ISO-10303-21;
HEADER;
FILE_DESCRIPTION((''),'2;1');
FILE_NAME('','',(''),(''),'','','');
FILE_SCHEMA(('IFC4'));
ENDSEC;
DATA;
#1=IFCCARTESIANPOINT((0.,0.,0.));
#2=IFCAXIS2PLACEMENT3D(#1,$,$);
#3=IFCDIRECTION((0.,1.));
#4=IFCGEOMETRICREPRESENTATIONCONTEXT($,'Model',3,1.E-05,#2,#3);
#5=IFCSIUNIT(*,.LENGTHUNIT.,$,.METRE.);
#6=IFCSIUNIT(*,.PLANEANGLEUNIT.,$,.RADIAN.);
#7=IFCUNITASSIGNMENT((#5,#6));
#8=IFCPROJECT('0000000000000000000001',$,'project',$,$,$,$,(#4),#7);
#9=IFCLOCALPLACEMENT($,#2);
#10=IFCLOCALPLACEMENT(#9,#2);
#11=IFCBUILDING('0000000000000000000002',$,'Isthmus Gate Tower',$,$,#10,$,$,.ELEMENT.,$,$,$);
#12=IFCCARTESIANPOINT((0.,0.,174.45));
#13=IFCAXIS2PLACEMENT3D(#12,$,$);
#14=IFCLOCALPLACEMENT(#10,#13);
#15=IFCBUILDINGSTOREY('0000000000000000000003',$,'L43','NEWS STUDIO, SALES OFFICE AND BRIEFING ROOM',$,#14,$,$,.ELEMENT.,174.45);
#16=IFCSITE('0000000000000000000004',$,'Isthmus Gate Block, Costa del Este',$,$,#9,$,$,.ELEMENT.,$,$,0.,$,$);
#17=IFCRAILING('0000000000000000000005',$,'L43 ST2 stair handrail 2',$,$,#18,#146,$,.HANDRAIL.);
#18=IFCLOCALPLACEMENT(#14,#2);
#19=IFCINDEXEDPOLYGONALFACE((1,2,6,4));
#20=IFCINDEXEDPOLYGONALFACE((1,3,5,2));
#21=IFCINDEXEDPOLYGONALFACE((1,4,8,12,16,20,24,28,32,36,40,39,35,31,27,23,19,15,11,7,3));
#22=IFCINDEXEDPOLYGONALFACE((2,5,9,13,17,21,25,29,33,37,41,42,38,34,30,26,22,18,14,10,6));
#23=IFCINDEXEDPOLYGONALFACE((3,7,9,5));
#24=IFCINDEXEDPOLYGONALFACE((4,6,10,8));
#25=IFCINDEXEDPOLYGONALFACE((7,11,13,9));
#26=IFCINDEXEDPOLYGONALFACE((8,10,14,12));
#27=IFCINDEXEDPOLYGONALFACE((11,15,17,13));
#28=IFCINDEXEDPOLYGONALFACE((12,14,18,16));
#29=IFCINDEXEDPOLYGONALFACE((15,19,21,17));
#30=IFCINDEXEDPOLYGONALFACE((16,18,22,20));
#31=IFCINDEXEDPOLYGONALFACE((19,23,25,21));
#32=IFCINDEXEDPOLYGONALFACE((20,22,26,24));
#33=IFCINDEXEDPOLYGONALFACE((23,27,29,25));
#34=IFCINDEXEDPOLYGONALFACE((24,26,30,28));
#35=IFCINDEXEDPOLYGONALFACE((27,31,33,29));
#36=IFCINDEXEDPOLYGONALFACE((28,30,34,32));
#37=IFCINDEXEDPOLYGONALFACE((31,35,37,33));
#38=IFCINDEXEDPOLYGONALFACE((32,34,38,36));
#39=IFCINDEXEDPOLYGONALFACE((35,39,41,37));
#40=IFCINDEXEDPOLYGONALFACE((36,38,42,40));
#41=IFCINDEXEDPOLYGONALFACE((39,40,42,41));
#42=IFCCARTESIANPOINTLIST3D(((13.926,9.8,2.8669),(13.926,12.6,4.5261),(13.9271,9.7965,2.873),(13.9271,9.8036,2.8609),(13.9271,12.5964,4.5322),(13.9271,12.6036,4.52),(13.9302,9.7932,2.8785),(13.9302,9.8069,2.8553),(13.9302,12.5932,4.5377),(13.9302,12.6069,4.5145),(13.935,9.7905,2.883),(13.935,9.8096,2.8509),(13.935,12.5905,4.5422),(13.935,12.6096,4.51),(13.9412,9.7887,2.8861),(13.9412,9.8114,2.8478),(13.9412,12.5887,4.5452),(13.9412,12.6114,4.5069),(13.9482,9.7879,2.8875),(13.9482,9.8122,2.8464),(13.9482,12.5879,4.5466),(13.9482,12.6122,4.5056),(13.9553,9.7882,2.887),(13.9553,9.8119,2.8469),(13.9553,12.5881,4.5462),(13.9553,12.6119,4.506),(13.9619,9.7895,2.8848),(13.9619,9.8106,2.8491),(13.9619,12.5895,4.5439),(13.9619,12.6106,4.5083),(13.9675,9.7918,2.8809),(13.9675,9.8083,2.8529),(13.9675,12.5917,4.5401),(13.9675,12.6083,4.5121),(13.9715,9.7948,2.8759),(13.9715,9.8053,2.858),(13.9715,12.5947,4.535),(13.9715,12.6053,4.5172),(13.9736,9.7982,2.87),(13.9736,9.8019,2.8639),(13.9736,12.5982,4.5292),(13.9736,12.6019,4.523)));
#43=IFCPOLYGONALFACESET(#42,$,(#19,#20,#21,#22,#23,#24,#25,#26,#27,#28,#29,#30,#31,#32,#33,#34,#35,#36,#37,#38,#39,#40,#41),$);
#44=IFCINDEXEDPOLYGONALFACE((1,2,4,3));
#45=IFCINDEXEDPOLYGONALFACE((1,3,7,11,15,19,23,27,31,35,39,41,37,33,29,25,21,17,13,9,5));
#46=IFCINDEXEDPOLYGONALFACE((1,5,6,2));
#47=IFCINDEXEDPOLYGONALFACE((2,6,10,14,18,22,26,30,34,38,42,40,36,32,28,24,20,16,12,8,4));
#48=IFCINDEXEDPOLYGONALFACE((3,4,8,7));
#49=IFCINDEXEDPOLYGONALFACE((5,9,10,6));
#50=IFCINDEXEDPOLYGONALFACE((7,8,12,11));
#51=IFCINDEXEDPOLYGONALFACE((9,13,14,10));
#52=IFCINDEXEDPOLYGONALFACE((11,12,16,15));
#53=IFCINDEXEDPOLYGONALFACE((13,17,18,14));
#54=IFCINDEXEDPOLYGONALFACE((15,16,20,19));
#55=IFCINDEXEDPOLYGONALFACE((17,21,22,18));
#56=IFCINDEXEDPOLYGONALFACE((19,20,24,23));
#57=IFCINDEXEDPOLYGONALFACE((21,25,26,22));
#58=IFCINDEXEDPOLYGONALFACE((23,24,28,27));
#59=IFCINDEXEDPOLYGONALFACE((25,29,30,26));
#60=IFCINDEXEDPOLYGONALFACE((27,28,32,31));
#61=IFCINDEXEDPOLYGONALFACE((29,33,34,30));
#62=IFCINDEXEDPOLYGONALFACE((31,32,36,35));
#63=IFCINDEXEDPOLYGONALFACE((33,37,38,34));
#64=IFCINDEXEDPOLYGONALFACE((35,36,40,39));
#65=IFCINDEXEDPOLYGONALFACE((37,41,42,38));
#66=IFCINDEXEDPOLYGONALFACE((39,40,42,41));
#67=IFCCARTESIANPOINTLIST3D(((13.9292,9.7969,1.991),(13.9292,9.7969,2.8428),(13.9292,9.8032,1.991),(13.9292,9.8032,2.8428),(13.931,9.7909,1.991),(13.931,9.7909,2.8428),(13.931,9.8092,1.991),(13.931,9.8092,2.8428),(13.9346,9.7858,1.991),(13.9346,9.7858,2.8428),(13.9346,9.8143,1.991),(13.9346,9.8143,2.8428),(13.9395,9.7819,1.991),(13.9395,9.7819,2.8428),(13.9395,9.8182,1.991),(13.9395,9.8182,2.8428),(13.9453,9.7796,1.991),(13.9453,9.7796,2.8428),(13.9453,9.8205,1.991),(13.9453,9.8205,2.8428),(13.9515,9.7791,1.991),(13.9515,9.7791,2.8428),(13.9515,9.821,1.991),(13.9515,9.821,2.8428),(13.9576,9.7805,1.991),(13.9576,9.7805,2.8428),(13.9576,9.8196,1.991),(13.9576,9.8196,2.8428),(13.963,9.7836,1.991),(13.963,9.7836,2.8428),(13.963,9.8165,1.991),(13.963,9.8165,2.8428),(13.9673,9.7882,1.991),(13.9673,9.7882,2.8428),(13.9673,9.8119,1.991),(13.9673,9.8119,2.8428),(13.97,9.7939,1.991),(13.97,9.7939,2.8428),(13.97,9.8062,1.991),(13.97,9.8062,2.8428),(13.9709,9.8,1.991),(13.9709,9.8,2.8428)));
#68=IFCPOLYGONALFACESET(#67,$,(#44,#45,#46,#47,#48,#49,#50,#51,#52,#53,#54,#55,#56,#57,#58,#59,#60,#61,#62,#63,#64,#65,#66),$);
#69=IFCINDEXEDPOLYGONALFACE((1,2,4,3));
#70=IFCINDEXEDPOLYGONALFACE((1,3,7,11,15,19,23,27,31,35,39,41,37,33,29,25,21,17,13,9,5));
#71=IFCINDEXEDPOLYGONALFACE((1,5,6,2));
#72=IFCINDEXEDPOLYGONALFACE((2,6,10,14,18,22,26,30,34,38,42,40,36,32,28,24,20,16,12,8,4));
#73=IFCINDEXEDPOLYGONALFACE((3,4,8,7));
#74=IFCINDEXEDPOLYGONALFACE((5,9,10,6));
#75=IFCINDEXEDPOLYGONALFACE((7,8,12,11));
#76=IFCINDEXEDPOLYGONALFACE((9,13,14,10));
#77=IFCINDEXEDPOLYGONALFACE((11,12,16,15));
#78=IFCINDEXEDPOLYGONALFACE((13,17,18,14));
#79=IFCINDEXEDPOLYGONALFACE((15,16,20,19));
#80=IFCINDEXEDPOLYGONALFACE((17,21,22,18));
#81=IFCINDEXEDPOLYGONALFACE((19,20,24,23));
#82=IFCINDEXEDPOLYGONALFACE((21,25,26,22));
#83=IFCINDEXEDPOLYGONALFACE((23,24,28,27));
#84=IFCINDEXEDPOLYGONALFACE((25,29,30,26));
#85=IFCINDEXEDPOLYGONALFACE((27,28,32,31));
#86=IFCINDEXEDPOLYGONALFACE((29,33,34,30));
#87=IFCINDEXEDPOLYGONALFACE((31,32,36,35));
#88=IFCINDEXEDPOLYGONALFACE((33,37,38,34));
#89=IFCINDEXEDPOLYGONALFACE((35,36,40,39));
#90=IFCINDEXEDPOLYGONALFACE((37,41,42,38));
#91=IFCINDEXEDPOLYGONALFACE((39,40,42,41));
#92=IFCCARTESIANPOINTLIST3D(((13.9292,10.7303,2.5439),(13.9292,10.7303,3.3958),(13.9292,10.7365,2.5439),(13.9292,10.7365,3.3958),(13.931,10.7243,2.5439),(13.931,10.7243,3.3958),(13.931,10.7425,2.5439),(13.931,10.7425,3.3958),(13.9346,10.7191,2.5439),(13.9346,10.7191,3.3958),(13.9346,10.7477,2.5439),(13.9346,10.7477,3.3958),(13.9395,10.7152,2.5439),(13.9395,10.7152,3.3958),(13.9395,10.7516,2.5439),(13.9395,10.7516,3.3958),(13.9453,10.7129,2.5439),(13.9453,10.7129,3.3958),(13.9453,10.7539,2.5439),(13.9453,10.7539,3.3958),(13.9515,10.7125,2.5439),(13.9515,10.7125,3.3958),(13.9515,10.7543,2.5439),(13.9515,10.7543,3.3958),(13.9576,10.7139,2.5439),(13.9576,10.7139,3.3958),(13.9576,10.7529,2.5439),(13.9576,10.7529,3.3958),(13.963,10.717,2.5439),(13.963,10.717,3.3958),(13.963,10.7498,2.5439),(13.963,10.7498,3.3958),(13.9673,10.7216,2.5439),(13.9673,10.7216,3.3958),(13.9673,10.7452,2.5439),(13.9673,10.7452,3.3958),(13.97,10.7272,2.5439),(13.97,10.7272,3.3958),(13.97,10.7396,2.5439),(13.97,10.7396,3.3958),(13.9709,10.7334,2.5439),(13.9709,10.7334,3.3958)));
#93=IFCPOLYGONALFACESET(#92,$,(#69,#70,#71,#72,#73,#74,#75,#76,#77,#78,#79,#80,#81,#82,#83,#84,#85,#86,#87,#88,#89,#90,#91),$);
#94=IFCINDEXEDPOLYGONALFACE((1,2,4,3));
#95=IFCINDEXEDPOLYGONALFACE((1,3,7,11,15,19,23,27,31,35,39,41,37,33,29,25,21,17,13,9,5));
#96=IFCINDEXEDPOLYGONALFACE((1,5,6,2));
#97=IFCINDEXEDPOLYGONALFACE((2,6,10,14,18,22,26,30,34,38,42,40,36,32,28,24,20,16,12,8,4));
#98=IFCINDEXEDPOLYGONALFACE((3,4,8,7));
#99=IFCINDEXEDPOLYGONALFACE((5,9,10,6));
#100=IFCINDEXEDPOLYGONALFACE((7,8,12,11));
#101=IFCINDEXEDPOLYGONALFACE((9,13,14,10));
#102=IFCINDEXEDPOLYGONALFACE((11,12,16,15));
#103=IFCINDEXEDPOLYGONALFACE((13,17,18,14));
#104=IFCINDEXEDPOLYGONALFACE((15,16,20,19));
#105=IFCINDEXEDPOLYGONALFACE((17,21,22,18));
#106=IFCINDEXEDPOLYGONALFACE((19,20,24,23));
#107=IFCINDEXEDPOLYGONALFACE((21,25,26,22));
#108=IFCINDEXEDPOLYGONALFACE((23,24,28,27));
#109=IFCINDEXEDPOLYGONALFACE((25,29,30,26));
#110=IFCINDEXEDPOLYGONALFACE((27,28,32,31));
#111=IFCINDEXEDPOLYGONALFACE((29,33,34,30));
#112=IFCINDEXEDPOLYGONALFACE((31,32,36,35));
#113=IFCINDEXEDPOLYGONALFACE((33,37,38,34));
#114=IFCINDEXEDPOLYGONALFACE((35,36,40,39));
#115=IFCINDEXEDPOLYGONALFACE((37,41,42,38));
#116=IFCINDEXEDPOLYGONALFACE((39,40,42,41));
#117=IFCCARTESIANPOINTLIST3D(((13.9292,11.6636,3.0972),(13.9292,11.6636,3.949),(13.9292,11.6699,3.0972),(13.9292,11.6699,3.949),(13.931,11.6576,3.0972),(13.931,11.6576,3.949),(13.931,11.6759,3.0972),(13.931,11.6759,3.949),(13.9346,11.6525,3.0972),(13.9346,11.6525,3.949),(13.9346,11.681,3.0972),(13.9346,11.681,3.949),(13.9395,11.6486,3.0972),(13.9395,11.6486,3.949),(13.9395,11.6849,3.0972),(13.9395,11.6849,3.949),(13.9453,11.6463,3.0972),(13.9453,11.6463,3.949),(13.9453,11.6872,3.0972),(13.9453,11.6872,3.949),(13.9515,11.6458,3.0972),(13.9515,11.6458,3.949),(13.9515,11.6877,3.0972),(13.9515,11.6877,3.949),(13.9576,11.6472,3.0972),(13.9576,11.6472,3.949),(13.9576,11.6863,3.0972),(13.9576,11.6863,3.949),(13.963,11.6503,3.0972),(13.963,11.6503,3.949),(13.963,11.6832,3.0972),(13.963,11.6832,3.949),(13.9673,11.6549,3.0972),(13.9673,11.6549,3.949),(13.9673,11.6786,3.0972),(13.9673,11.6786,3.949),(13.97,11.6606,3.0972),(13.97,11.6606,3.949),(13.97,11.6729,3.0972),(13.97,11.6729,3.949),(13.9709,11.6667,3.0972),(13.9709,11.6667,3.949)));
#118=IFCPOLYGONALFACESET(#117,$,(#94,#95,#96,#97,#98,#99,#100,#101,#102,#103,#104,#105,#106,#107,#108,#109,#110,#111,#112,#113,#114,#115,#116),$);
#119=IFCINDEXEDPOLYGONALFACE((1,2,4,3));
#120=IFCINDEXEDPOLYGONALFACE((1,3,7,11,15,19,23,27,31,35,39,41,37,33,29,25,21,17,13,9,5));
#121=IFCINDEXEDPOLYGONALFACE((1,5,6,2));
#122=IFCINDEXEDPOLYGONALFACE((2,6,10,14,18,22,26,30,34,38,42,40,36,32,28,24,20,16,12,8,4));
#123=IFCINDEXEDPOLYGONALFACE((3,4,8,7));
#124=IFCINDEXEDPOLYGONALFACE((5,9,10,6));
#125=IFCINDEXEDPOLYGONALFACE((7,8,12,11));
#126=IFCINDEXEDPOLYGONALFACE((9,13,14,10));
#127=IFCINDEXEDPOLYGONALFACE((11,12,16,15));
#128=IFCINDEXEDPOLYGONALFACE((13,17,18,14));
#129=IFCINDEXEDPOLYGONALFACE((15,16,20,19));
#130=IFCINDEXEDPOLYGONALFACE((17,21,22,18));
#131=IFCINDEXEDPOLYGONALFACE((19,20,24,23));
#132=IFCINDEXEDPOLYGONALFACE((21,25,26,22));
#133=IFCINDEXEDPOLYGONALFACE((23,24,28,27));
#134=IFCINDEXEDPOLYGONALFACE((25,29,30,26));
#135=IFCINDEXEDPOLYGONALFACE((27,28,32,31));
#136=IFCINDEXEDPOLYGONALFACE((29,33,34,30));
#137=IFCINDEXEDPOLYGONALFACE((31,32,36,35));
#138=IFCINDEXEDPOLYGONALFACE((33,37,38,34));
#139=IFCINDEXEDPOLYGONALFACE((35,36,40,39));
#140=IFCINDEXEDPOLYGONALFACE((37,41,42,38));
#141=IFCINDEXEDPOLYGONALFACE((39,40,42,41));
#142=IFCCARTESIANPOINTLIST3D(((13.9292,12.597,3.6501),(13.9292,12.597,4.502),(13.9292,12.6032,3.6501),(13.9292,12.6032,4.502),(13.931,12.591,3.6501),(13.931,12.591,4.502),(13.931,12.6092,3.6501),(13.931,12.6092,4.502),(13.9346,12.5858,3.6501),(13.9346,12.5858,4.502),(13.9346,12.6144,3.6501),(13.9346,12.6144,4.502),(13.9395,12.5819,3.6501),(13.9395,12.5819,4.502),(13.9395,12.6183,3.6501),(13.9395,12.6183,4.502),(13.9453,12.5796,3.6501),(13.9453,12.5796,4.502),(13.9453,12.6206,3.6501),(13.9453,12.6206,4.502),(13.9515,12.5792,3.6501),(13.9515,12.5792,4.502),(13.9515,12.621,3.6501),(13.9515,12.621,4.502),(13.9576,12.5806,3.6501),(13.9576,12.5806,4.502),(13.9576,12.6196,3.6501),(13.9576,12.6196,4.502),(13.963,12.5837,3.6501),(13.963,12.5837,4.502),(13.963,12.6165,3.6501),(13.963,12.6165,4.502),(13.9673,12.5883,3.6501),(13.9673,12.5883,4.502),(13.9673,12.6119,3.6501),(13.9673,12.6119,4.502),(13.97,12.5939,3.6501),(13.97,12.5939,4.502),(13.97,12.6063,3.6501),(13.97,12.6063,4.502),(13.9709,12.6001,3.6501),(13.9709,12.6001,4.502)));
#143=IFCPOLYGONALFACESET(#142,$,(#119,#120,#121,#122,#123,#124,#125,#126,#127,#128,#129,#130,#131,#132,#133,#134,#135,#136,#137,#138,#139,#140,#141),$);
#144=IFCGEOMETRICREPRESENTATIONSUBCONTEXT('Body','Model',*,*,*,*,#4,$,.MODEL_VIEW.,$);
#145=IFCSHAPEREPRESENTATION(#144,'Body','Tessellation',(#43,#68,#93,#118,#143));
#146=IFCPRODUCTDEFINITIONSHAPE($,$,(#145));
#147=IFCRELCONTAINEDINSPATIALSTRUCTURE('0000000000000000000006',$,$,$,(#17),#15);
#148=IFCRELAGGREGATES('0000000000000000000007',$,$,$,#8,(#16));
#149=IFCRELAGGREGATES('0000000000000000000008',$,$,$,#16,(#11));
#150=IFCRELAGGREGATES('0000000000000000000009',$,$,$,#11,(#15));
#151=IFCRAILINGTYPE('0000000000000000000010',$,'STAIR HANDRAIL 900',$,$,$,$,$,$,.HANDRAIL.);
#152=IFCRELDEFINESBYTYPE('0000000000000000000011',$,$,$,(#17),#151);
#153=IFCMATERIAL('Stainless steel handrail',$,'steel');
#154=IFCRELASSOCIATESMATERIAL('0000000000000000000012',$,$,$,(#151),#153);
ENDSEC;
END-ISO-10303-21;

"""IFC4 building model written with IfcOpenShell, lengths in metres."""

from ifc_helpers import new_model, si_unit, direction, frame, origin, origin_2d, place, context, subcontext, project, spatial, circle, extrude, material, type_object, element, save


model = new_model("IFC4")

# Units and contexts
model_context = context("Model", 3, precision=1e-05, world=origin(), true_north=direction((0.0, 1.0)))
body_context = subcontext(model_context, "Body", "Model", "MODEL_VIEW")
ifc_project = project(units=[si_unit("LENGTHUNIT", "METRE"), si_unit("PLANEANGLEUNIT", "RADIAN")], contexts=[model_context])

# Site, building, storey
site_placement = place(None, origin())
site = spatial("IfcSite", under=ifc_project, at=site_placement, Name="Isthmus Gate Block, Costa del Este", CompositionType="ELEMENT", RefElevation=0.0)
building_placement = place(site_placement, origin())
building = spatial("IfcBuilding", under=site, at=building_placement, Name="Isthmus Gate Tower", CompositionType="ELEMENT")
storey_placement = place(building_placement, frame((0.0, 0.0, 174.45)))
storey = spatial("IfcBuildingStorey", under=building, at=storey_placement, Name="L43", Description="NEWS STUDIO, SALES OFFICE AND BRIEFING ROOM", CompositionType="ELEMENT", Elevation=174.45)

# Railing
ifc_material_1 = material(Name="Stainless steel handrail", Category="steel")
railing_type_1 = type_object("IfcRailingType", Name="STAIR HANDRAIL 900", PredefinedType="HANDRAIL", material=ifc_material_1)
railing_1_placement = place(storey_placement, frame((13.95, 9.8, 1.991)))
element("IfcRailing", 1, at=railing_1_placement, inside=storey, type_object=railing_type_1, Name="L43 ST2 stair handrail 2", PredefinedType="HANDRAIL", context=body_context, shape_type="SweptSolid", body=[
    extrude(circle(Radius=0.0239, at=origin_2d()), frame((0.0, 0.0, 0.876), z_axis=(0.0, 0.860306, 0.509778), x_axis=(-1.0, 0.0, 0.0)), (0.0, 0.0, 1.0), 3.2546),
    extrude(circle(Radius=0.021, at=origin_2d()), origin(), (0.0, 0.0, 1.0), 0.8518),
    extrude(circle(Radius=0.021, at=origin_2d()), frame((0.0, 0.9333, 0.553)), (0.0, 0.0, 1.0), 0.8518),
    extrude(circle(Radius=0.021, at=origin_2d()), frame((0.0, 1.8667, 1.1062)), (0.0, 0.0, 1.0), 0.8518),
    extrude(circle(Radius=0.021, at=origin_2d()), frame((0.0, 2.8, 1.6592)), (0.0, 0.0, 1.0), 0.8518),
])

save(model, "model.ifc")
